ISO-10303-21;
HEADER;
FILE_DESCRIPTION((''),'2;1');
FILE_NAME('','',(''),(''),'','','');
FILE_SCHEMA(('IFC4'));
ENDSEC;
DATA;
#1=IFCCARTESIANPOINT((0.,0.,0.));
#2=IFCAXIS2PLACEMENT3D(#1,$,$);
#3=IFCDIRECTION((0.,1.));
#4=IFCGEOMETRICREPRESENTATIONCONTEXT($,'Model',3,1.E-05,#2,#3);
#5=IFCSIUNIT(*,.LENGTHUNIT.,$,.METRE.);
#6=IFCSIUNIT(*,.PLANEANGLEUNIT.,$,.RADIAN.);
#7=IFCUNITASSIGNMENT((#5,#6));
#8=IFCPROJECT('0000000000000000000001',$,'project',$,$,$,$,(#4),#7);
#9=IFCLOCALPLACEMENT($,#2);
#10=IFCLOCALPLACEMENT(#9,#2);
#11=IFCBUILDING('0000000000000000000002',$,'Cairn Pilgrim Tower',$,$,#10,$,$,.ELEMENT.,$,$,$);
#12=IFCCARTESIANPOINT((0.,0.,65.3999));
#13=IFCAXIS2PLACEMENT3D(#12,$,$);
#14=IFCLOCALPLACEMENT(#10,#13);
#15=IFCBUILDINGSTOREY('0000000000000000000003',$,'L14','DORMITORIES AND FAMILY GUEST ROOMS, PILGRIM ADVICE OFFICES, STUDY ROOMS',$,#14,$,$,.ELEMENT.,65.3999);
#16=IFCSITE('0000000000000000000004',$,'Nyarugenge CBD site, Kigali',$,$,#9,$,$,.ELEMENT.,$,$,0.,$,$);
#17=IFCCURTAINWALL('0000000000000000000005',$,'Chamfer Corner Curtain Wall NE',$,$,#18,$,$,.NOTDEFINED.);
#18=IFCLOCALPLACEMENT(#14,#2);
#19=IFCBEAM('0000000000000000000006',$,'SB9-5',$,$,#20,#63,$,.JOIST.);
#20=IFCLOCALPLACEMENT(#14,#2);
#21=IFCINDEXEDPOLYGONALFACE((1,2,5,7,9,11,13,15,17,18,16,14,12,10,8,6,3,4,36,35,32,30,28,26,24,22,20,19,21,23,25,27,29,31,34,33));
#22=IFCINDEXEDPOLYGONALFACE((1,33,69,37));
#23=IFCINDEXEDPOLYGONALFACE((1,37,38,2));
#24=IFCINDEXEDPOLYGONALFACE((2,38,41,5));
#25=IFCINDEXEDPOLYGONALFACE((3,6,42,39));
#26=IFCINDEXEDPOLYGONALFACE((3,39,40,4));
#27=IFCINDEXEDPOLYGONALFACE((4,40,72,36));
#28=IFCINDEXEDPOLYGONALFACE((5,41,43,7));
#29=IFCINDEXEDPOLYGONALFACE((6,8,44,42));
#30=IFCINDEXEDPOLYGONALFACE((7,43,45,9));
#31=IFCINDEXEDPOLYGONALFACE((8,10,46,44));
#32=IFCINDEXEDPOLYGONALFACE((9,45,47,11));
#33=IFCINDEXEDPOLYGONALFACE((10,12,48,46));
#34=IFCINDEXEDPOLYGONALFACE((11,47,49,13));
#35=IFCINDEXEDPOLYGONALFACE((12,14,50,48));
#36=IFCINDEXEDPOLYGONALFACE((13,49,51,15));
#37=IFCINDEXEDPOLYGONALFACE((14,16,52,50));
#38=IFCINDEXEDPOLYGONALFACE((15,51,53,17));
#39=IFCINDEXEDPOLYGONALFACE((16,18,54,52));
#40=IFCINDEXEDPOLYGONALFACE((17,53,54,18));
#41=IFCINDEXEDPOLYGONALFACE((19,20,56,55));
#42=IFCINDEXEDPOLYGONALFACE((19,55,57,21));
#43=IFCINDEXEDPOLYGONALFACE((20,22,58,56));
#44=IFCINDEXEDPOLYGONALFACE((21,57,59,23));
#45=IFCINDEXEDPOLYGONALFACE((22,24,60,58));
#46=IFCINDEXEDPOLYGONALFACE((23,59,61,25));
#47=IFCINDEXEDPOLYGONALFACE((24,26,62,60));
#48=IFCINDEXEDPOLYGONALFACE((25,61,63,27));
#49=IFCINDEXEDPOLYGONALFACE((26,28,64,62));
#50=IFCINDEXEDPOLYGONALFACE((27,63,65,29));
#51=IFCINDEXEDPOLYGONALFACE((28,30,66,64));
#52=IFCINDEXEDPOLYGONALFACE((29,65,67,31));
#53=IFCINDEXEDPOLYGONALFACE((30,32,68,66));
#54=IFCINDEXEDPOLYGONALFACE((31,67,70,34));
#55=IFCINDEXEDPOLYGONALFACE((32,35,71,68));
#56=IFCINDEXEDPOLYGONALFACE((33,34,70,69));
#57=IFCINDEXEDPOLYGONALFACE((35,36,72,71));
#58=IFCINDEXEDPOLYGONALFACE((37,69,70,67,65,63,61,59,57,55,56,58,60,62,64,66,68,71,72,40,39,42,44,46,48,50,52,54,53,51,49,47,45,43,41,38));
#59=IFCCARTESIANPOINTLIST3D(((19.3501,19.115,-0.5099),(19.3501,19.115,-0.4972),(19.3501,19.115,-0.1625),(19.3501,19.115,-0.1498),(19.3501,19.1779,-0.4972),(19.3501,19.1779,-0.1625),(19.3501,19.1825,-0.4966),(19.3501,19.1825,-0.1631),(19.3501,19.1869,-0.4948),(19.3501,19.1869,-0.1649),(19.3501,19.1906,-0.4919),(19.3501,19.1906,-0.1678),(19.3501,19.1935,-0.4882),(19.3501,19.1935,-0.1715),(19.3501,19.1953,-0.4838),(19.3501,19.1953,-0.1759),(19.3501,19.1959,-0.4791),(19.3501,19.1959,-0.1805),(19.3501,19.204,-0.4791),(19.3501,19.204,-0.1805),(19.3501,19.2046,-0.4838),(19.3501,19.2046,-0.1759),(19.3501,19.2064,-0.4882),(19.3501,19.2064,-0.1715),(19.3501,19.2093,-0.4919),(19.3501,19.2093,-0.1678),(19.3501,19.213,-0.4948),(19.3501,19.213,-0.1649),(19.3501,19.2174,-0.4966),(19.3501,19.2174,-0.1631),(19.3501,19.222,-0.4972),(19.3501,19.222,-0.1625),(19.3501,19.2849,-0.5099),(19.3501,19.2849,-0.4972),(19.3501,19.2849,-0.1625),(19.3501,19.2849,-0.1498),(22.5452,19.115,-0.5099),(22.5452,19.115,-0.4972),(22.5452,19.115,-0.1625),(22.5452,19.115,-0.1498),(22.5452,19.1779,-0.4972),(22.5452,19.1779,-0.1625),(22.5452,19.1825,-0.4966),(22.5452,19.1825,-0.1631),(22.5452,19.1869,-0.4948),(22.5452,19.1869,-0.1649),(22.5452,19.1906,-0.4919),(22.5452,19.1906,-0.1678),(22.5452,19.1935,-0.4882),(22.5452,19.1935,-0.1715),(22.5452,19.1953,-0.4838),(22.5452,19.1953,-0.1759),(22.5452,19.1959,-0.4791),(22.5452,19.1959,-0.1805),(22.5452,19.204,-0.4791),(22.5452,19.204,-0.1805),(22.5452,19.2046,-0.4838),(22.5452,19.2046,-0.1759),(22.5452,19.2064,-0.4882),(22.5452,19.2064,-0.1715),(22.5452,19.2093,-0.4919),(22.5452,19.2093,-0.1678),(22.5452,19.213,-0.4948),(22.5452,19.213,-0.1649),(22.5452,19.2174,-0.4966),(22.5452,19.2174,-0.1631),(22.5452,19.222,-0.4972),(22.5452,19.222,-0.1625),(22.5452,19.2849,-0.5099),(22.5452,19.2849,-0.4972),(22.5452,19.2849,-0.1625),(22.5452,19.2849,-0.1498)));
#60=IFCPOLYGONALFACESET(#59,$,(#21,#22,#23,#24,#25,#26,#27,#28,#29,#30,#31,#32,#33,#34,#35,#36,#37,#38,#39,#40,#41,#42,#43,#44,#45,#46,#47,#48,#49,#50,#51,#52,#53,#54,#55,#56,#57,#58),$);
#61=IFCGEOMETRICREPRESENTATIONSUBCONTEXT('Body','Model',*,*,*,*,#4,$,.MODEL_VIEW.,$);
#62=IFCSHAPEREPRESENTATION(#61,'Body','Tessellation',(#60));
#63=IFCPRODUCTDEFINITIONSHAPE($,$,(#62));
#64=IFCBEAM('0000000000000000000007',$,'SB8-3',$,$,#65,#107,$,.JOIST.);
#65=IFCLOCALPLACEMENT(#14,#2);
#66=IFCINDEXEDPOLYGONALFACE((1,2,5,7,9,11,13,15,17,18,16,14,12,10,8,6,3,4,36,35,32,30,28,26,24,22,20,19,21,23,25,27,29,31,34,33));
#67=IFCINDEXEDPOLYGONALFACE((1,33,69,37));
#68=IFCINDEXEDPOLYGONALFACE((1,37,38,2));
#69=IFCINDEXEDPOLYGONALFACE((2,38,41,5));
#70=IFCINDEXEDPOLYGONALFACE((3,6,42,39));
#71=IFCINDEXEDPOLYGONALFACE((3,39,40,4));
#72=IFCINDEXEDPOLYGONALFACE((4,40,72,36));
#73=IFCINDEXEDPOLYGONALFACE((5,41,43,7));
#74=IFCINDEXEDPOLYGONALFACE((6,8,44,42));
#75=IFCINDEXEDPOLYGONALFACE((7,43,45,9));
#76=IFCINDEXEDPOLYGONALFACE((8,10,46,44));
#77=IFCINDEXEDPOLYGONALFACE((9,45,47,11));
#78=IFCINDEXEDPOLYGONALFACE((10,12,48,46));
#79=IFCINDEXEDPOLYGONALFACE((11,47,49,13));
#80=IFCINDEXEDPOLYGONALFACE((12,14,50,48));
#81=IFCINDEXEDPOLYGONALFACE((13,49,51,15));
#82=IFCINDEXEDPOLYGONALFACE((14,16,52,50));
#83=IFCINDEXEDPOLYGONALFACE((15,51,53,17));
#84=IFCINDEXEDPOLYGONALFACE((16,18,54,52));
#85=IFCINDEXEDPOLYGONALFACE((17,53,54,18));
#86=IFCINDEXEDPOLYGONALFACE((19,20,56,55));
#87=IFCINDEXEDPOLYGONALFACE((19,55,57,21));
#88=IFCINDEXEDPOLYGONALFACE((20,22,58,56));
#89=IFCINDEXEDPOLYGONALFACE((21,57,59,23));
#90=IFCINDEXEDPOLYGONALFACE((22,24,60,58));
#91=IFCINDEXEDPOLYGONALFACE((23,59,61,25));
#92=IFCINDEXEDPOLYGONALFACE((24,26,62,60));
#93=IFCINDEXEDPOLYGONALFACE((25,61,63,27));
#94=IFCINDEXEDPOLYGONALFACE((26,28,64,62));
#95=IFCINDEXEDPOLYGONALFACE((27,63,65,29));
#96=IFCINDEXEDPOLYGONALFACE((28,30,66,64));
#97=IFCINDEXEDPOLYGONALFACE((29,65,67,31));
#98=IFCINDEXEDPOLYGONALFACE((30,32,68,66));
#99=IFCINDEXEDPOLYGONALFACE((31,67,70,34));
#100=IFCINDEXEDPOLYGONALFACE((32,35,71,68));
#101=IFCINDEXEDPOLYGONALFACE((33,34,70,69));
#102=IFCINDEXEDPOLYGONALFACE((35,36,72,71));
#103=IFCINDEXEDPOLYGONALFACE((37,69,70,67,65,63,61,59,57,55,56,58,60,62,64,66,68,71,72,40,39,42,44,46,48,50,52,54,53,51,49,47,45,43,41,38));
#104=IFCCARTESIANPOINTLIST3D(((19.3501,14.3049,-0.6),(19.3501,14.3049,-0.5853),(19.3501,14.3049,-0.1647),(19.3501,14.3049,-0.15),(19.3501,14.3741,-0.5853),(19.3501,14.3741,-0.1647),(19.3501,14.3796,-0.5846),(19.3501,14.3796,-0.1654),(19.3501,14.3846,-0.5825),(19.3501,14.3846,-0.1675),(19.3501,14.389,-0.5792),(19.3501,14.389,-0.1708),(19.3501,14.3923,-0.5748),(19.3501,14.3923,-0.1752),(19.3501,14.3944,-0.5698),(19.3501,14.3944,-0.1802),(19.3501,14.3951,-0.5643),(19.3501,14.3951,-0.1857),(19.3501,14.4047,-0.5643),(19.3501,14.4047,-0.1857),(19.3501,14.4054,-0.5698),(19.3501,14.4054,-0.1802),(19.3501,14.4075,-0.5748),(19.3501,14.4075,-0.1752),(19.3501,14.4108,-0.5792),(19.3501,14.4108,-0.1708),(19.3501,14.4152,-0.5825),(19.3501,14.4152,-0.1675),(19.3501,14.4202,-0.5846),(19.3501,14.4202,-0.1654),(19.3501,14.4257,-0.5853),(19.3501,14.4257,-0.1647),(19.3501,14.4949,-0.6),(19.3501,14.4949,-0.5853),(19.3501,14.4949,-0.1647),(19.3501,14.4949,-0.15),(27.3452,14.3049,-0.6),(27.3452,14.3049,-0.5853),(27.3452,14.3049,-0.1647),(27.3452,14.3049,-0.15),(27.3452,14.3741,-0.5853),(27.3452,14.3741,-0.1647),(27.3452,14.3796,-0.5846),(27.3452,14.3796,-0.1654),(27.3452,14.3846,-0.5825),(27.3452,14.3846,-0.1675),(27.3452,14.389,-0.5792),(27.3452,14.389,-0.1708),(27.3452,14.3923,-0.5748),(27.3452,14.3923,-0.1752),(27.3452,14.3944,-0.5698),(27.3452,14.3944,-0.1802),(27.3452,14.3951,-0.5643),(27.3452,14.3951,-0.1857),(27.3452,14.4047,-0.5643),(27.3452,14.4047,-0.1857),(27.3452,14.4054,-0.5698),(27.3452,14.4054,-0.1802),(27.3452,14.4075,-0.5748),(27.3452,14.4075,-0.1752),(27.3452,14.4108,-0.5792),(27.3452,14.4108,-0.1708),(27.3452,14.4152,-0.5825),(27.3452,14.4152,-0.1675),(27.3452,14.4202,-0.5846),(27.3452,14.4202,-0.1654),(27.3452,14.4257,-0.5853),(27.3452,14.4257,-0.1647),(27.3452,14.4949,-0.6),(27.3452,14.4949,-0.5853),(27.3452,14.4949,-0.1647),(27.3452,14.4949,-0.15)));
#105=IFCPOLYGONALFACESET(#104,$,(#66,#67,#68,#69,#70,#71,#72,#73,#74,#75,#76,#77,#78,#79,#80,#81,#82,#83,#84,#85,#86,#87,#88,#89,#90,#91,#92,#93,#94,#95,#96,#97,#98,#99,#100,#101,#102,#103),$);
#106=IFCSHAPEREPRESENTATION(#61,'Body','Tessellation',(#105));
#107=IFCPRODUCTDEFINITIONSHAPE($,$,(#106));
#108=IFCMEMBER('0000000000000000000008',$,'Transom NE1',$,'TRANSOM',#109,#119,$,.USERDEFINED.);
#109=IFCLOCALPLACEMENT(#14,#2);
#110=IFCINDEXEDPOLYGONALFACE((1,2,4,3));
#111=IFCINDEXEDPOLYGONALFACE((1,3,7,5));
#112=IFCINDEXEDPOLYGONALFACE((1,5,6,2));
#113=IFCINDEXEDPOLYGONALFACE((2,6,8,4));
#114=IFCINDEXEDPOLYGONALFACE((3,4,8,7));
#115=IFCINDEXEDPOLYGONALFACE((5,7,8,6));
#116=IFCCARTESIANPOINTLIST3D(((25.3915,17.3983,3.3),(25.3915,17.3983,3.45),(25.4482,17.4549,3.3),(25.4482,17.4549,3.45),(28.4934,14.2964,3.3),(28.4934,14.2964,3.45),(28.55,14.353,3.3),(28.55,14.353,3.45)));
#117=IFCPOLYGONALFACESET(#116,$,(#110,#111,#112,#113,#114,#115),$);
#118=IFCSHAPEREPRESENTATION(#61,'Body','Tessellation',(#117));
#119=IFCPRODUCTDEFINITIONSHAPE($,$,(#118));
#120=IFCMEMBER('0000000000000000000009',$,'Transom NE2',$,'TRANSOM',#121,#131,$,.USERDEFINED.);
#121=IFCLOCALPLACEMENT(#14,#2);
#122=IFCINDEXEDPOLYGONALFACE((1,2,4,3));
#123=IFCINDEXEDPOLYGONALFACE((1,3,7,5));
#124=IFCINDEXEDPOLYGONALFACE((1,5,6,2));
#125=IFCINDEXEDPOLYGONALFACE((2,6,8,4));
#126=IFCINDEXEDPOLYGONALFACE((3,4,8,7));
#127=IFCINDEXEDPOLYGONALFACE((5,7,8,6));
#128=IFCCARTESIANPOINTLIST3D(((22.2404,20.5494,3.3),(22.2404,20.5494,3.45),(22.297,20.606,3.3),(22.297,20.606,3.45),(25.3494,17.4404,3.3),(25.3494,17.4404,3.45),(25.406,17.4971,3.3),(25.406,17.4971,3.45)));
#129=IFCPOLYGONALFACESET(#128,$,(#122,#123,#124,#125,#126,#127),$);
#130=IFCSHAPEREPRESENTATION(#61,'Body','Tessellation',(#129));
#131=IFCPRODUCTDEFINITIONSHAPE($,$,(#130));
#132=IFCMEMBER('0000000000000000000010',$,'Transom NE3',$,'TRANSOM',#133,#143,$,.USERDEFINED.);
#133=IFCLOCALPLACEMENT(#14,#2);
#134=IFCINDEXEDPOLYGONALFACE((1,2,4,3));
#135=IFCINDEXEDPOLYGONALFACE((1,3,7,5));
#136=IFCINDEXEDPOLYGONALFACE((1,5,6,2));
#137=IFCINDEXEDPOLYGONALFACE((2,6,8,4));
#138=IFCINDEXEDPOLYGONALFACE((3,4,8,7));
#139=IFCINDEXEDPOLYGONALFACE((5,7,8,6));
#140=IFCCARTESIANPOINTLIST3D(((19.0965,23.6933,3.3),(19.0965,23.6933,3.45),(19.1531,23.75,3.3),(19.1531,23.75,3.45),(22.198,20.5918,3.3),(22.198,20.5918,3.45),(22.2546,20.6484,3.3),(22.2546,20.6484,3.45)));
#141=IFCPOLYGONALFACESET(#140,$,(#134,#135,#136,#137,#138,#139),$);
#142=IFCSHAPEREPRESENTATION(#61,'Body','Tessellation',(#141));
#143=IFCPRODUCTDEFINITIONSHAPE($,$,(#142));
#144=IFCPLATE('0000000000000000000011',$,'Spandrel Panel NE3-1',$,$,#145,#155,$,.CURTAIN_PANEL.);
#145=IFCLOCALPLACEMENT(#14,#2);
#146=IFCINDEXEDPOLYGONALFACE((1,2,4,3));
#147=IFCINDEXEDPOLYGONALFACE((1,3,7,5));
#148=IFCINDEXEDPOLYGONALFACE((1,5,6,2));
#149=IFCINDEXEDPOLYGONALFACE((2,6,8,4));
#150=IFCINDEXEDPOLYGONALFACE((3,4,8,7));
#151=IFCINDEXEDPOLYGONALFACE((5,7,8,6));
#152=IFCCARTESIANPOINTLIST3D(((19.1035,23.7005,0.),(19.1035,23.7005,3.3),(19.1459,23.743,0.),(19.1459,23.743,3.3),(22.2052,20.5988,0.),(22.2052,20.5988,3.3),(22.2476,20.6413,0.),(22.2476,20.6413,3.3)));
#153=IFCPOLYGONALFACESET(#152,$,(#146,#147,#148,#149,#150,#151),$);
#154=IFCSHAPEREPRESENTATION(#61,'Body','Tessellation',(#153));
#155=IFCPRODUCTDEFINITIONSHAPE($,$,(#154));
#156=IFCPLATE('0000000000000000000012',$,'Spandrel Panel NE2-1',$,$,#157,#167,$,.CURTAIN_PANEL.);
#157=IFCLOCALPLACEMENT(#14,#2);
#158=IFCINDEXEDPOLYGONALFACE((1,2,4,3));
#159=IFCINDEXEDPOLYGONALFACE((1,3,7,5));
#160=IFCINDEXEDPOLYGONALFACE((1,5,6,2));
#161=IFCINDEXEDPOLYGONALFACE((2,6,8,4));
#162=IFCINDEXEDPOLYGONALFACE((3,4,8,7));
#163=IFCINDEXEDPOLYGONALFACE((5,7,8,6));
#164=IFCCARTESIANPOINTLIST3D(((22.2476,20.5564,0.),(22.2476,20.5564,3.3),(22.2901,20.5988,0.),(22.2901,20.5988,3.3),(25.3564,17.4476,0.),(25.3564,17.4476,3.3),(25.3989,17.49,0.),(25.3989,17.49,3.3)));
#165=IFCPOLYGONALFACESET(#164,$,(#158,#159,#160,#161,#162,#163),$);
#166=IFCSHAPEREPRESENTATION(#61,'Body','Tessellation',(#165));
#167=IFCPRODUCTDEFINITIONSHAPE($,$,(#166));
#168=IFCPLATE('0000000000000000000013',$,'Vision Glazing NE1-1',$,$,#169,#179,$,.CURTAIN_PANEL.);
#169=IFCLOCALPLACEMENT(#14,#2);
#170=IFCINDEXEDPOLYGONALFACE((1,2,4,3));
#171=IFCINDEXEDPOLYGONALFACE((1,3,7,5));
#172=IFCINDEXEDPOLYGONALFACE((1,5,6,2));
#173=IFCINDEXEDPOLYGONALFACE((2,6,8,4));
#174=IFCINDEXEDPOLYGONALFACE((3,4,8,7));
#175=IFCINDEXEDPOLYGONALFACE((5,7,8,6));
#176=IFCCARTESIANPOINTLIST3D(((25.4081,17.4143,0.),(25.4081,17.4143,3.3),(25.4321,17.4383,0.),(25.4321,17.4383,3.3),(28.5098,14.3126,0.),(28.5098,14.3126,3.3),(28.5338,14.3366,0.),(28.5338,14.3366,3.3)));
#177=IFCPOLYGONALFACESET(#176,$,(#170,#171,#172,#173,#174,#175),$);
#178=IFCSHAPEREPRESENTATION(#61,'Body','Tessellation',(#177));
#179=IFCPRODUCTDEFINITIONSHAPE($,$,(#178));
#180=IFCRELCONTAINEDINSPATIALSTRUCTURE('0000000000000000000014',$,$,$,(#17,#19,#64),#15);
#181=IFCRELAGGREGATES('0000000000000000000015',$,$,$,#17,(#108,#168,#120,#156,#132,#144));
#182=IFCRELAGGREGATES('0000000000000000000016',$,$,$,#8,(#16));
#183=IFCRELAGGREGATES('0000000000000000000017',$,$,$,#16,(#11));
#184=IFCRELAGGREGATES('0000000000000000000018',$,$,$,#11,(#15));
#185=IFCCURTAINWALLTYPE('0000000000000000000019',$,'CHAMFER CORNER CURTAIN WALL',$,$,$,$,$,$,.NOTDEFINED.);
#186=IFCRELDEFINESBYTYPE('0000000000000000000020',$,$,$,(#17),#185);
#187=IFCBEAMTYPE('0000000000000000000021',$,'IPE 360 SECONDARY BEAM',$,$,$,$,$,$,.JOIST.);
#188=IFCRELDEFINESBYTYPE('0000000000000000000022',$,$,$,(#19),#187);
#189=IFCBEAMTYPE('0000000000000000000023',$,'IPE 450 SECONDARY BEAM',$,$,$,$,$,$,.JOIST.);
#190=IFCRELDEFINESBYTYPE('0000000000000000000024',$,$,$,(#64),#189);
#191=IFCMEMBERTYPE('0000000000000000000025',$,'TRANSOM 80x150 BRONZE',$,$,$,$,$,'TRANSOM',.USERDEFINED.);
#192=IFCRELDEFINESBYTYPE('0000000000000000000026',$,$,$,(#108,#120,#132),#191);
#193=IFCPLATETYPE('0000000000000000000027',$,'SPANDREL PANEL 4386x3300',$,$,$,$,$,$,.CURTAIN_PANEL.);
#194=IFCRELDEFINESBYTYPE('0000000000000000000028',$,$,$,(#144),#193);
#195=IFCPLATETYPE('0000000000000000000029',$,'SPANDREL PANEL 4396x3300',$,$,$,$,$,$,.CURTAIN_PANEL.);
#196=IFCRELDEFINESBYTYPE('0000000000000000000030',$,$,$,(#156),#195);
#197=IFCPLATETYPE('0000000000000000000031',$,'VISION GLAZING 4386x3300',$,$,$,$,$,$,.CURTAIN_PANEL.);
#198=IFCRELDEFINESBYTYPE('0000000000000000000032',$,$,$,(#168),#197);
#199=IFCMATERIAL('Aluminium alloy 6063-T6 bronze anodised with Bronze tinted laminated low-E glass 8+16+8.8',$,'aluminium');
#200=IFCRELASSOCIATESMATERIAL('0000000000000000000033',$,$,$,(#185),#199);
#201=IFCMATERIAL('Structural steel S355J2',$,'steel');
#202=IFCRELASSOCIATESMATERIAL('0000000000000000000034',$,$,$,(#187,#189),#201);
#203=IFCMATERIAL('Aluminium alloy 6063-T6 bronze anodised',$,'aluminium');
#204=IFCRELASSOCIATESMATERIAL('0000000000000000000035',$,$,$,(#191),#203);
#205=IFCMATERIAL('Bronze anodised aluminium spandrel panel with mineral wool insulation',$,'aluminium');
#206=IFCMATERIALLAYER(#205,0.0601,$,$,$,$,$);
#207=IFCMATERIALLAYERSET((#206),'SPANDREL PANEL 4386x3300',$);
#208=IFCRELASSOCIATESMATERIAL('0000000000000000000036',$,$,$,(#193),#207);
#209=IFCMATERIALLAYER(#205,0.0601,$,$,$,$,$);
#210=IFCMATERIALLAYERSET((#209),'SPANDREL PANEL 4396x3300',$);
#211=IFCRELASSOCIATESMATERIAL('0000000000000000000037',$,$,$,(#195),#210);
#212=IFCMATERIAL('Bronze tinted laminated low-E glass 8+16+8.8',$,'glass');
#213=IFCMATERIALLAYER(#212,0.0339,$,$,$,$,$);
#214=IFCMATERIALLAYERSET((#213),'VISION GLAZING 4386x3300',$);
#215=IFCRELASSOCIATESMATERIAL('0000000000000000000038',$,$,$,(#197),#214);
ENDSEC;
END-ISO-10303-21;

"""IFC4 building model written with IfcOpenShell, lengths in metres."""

from ifc_helpers import new_model, si_unit, direction, frame, origin, origin_2d, place, context, subcontext, project, spatial, rectangle, i_section, extrude, material, layer, layer_set, material_profile, profile_set, type_object, element, aggregate, save


model = new_model("IFC4")

# Units and contexts
model_context = context("Model", 3, precision=1e-05, world=origin(), true_north=direction((0.0, 1.0)))
body_context = subcontext(model_context, "Body", "Model", "MODEL_VIEW")
ifc_project = project(units=[si_unit("LENGTHUNIT", "METRE"), si_unit("PLANEANGLEUNIT", "RADIAN")], contexts=[model_context])

# Site, building, storey
site_placement = place(None, origin())
site = spatial("IfcSite", under=ifc_project, at=site_placement, Name="Nyarugenge CBD site, Kigali", CompositionType="ELEMENT", RefElevation=0.0)
building_placement = place(site_placement, origin())
building = spatial("IfcBuilding", under=site, at=building_placement, Name="Cairn Pilgrim Tower", CompositionType="ELEMENT")
storey_placement = place(building_placement, frame((0.0, 0.0, 65.3999)))
storey = spatial("IfcBuildingStorey", under=building, at=storey_placement, Name="L14", Description="DORMITORIES AND FAMILY GUEST ROOMS, PILGRIM ADVICE OFFICES, STUDY ROOMS", CompositionType="ELEMENT", Elevation=65.3999)

# Shared definitions
ifc_material_1 = material(Name="Structural steel S355J2", Category="steel")

# Curtain wall
ifc_material_2 = material(Name="Aluminium alloy 6063-T6 bronze anodised with Bronze tinted laminated low-E glass 8+16+8.8", Category="aluminium")
curtain_wall_type_1 = type_object("IfcCurtainWallType", Name="CHAMFER CORNER CURTAIN WALL", PredefinedType="NOTDEFINED", material=ifc_material_2)
curtain_wall_1_placement = place(storey_placement, origin())
curtain_wall_1 = element("IfcCurtainWall", 1, at=curtain_wall_1_placement, inside=storey, type_object=curtain_wall_type_1, Name="Chamfer Corner Curtain Wall NE", PredefinedType="NOTDEFINED")
ifc_material_3 = material(Name="Aluminium alloy 6063-T6 bronze anodised", Category="aluminium")

# Beams
ifc_material_profile_1 = material_profile(ifc_material_1, i_section(OverallWidth=0.1699, OverallDepth=0.3601, WebThickness=0.0081, FlangeThickness=0.0127, FilletRadius=0.0181, at=origin_2d()), Name="IPE 360")
ifc_profile_set_1 = profile_set([ifc_material_profile_1], Name="Structural steel S355J2")
beam_type_1 = type_object("IfcBeamType", Name="IPE 360 SECONDARY BEAM", PredefinedType="JOIST", material=ifc_profile_set_1)
beam_1_placement = place(storey_placement, frame((19.3501, 19.2, -0.3298), z_axis=(1.0, 0.0, 0.0), x_axis=(0.0, 1.0, 0.0)))
element("IfcBeam", 2, at=beam_1_placement, inside=storey, type_object=beam_type_1, Name="SB9-5", PredefinedType="JOIST", context=body_context, shape_type="SweptSolid", body=[
    extrude(i_section(OverallWidth=0.1699, OverallDepth=0.3601, WebThickness=0.0081, FlangeThickness=0.0127, FilletRadius=0.0181, at=origin_2d()), origin(), (0.0, 0.0, 1.0), 3.1951),
])
ifc_material_profile_2 = material_profile(ifc_material_1, i_section(OverallWidth=0.1899, OverallDepth=0.45, WebThickness=0.0095, FlangeThickness=0.0146, FilletRadius=0.021, at=origin_2d()), Name="IPE 450")
ifc_profile_set_2 = profile_set([ifc_material_profile_2], Name="Structural steel S355J2")
beam_type_2 = type_object("IfcBeamType", Name="IPE 450 SECONDARY BEAM", PredefinedType="JOIST", material=ifc_profile_set_2)
beam_2_placement = place(storey_placement, frame((19.3501, 14.3999, -0.375), z_axis=(1.0, 0.0, 0.0), x_axis=(0.0, 1.0, 0.0)))
element("IfcBeam", 3, at=beam_2_placement, inside=storey, type_object=beam_type_2, Name="SB8-3", PredefinedType="JOIST", context=body_context, shape_type="SweptSolid", body=[
    extrude(i_section(OverallWidth=0.1899, OverallDepth=0.45, WebThickness=0.0095, FlangeThickness=0.0146, FilletRadius=0.021, at=origin_2d()), origin(), (0.0, 0.0, 1.0), 7.9951),
])

# Members
ifc_material_profile_3 = material_profile(ifc_material_3, rectangle(XDim=0.0801, YDim=0.1499, at=origin_2d()), Name="TRANSOM 80x150 BRONZE")
ifc_profile_set_3 = profile_set([ifc_material_profile_3], Name="Aluminium alloy 6063-T6 bronze anodised")
member_type_1 = type_object("IfcMemberType", Name="TRANSOM 80x150 BRONZE", ElementType="TRANSOM", PredefinedType="USERDEFINED", material=ifc_profile_set_3)
member_1_placement = place(storey_placement, frame((28.5217, 14.3247, 3.375), z_axis=(-0.707107, 0.707107, 0.0), x_axis=(-0.707107, -0.707107, 0.0)))
member_1 = element("IfcMember", 4, at=member_1_placement, type_object=member_type_1, Name="Transom NE1", ObjectType="TRANSOM", PredefinedType="USERDEFINED", context=body_context, shape_type="SweptSolid", body=[
    extrude(rectangle(XDim=0.0801, YDim=0.1499, at=origin_2d()), origin(), (0.0, 0.0, 1.0), 4.3867),
])
member_2_placement = place(storey_placement, frame((25.3777, 17.4688, 3.375), z_axis=(-0.707107, 0.707107, 0.0), x_axis=(-0.707107, -0.707107, 0.0)))
member_2 = element("IfcMember", 5, at=member_2_placement, type_object=member_type_1, Name="Transom NE2", ObjectType="TRANSOM", PredefinedType="USERDEFINED", context=body_context, shape_type="SweptSolid", body=[
    extrude(rectangle(XDim=0.0801, YDim=0.1499, at=origin_2d()), origin(), (0.0, 0.0, 1.0), 4.3967),
])
member_3_placement = place(storey_placement, frame((22.2263, 20.6201, 3.375), z_axis=(-0.707107, 0.707107, 0.0), x_axis=(-0.707107, -0.707107, 0.0)))
member_3 = element("IfcMember", 6, at=member_3_placement, type_object=member_type_1, Name="Transom NE3", ObjectType="TRANSOM", PredefinedType="USERDEFINED", context=body_context, shape_type="SweptSolid", body=[
    extrude(rectangle(XDim=0.0801, YDim=0.1499, at=origin_2d()), origin(), (0.0, 0.0, 1.0), 4.3862),
])

# Plates
ifc_material_4 = material(Name="Bronze anodised aluminium spandrel panel with mineral wool insulation", Category="aluminium")
ifc_layer_1 = layer(ifc_material_4, 0.0601)
ifc_layer_set_1 = layer_set([ifc_layer_1], Name="SPANDREL PANEL 4386x3300")
plate_type_1 = type_object("IfcPlateType", Name="SPANDREL PANEL 4386x3300", PredefinedType="CURTAIN_PANEL", material=ifc_layer_set_1)
plate_1_placement = place(storey_placement, frame((20.6755, 22.1709, 0.0), z_axis=(0.0, 0.0, 1.0), x_axis=(-0.707107, 0.707107, 0.0)))
plate_1 = element("IfcPlate", 7, at=plate_1_placement, type_object=plate_type_1, Name="Spandrel Panel NE3-1", PredefinedType="CURTAIN_PANEL", context=body_context, shape_type="SweptSolid", body=[
    extrude(rectangle(XDim=4.3865, YDim=0.0601, at=origin_2d()), origin(), (0.0, 0.0, 1.0), 3.3),
])
ifc_layer_2 = layer(ifc_material_4, 0.0601)
ifc_layer_set_2 = layer_set([ifc_layer_2], Name="SPANDREL PANEL 4396x3300")
plate_type_2 = type_object("IfcPlateType", Name="SPANDREL PANEL 4396x3300", PredefinedType="CURTAIN_PANEL", material=ifc_layer_set_2)
plate_2_placement = place(storey_placement, frame((23.8232, 19.0232, 0.0), z_axis=(0.0, 0.0, 1.0), x_axis=(-0.707107, 0.707107, 0.0)))
plate_2 = element("IfcPlate", 8, at=plate_2_placement, type_object=plate_type_2, Name="Spandrel Panel NE2-1", PredefinedType="CURTAIN_PANEL", context=body_context, shape_type="SweptSolid", body=[
    extrude(rectangle(XDim=4.3965, YDim=0.0601, at=origin_2d()), origin(), (0.0, 0.0, 1.0), 3.3),
])
ifc_material_5 = material(Name="Bronze tinted laminated low-E glass 8+16+8.8", Category="glass")
ifc_layer_3 = layer(ifc_material_5, 0.0339)
ifc_layer_set_3 = layer_set([ifc_layer_3], Name="VISION GLAZING 4386x3300")
plate_type_3 = type_object("IfcPlateType", Name="VISION GLAZING 4386x3300", PredefinedType="CURTAIN_PANEL", material=ifc_layer_set_3)
plate_3_placement = place(storey_placement, frame((26.9709, 15.8755, 0.0), z_axis=(0.0, 0.0, 1.0), x_axis=(-0.707107, 0.707107, 0.0)))
plate_3 = element("IfcPlate", 9, at=plate_3_placement, type_object=plate_type_3, Name="Vision Glazing NE1-1", PredefinedType="CURTAIN_PANEL", context=body_context, shape_type="SweptSolid", body=[
    extrude(rectangle(XDim=4.3865, YDim=0.0339, at=origin_2d()), origin(), (0.0, 0.0, 1.0), 3.3),
])
aggregate(curtain_wall_1, [member_1, plate_3, member_2, plate_2, member_3, plate_1])

save(model, "model.ifc")
